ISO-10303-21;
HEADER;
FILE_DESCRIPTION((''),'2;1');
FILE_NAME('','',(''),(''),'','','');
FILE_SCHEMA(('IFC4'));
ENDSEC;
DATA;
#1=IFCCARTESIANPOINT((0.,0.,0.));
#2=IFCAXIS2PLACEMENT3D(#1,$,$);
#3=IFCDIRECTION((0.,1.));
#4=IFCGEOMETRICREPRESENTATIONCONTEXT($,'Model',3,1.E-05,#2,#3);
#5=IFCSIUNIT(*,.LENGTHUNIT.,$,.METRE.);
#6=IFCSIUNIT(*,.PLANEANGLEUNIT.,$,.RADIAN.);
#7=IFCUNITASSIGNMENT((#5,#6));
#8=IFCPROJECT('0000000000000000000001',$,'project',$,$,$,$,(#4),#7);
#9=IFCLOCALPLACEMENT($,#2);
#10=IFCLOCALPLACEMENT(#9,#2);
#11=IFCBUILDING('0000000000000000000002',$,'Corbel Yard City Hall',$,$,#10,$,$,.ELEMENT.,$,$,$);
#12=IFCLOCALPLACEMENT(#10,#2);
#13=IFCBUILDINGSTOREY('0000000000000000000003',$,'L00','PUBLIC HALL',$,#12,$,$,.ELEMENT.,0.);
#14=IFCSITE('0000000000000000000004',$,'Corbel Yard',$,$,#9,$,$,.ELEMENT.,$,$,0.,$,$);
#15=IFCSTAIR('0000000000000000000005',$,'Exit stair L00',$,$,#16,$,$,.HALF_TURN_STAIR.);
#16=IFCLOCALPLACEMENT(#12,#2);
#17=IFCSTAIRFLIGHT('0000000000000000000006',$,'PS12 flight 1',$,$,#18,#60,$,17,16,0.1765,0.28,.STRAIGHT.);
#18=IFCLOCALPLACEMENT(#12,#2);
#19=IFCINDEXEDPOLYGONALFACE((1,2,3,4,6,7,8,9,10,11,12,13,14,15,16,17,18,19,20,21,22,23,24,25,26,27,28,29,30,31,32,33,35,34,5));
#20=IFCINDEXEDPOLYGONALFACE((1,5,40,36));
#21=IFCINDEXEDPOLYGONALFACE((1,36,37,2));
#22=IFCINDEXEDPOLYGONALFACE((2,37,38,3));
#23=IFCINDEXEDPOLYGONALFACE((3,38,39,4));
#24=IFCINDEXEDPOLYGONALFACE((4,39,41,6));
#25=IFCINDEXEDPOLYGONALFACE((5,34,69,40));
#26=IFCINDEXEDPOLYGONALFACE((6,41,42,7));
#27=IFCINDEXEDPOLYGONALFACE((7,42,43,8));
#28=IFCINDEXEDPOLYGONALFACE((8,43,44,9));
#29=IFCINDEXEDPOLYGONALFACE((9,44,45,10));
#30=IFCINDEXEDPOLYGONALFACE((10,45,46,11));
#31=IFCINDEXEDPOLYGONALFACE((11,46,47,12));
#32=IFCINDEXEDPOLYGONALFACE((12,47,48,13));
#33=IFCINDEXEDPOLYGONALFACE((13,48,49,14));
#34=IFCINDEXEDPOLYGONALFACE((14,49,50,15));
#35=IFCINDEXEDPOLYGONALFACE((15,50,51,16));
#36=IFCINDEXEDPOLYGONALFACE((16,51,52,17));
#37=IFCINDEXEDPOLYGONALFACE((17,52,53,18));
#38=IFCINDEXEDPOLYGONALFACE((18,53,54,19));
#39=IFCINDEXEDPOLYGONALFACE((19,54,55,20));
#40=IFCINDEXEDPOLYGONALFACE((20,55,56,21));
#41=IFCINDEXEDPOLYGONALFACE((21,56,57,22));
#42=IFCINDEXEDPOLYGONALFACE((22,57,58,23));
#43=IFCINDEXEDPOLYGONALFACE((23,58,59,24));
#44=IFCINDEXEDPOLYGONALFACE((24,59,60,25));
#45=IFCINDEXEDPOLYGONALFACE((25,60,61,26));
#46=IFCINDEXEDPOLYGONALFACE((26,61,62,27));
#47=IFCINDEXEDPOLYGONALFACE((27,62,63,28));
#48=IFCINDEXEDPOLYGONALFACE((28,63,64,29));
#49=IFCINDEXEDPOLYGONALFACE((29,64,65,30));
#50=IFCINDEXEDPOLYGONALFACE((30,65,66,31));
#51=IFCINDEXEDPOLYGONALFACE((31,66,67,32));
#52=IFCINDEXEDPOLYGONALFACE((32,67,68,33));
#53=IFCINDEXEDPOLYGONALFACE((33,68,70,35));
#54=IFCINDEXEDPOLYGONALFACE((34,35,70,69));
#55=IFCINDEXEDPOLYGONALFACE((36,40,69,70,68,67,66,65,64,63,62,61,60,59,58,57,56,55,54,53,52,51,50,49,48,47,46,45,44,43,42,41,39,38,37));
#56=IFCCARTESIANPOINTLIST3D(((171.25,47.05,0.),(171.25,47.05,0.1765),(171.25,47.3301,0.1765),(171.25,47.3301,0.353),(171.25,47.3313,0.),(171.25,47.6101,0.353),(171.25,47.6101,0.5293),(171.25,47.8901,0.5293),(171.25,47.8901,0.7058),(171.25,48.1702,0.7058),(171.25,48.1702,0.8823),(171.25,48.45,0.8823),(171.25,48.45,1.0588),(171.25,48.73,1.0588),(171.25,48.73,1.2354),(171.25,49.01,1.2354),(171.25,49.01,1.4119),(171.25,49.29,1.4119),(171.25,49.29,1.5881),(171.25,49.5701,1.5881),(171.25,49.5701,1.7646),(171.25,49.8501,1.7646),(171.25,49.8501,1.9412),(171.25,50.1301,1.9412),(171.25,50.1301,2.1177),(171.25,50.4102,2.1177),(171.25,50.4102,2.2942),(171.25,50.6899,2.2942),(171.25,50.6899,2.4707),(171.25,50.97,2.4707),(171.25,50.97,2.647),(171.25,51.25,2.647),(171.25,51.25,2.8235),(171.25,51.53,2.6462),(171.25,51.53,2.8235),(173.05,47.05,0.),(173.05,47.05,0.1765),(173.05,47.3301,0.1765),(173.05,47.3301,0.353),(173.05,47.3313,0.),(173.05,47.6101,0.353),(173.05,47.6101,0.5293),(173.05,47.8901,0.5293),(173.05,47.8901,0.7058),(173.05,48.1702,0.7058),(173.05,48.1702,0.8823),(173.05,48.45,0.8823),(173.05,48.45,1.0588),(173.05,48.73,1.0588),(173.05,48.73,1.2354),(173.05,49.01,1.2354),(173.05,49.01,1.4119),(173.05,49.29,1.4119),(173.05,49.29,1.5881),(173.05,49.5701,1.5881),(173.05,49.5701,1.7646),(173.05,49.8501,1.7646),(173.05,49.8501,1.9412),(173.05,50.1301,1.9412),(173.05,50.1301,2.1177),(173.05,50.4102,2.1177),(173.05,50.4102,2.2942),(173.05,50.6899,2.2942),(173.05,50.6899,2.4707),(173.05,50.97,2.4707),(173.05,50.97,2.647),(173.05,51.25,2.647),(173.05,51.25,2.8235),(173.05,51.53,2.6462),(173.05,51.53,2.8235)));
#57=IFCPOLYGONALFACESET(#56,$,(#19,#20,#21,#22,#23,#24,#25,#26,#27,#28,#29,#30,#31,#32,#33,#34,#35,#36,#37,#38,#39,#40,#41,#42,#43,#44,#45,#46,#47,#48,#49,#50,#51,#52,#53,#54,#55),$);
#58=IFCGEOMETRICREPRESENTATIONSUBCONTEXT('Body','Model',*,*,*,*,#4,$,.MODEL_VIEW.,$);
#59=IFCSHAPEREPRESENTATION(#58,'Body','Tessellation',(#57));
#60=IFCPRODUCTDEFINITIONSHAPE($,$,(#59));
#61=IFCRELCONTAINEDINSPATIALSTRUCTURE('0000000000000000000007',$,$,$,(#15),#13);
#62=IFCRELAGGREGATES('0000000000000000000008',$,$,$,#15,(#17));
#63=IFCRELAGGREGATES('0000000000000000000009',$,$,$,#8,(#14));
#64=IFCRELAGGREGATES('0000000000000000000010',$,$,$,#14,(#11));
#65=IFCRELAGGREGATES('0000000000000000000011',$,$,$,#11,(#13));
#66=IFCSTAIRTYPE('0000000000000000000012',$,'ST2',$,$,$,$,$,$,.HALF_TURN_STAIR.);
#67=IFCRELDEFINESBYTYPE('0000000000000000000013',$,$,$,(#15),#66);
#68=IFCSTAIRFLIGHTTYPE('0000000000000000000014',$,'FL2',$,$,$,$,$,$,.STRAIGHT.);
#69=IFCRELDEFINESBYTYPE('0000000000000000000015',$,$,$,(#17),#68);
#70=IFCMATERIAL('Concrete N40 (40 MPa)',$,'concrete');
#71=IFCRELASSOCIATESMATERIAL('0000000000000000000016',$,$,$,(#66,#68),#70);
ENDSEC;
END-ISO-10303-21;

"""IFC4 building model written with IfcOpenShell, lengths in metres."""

from ifc_helpers import new_model, si_unit, direction, frame, origin, place, context, subcontext, project, spatial, polyline, outline, extrude, material, type_object, element, aggregate, save


model = new_model("IFC4")

# Units and contexts
model_context = context("Model", 3, precision=1e-05, world=origin(), true_north=direction((0.0, 1.0)))
body_context = subcontext(model_context, "Body", "Model", "MODEL_VIEW")
ifc_project = project(units=[si_unit("LENGTHUNIT", "METRE"), si_unit("PLANEANGLEUNIT", "RADIAN")], contexts=[model_context])

# Site, building, storey
site_placement = place(None, origin())
site = spatial("IfcSite", under=ifc_project, at=site_placement, Name="Corbel Yard", CompositionType="ELEMENT", RefElevation=0.0)
building_placement = place(site_placement, origin())
building = spatial("IfcBuilding", under=site, at=building_placement, Name="Corbel Yard City Hall", CompositionType="ELEMENT")
storey_placement = place(building_placement, origin())
storey = spatial("IfcBuildingStorey", under=building, at=storey_placement, Name="L00", Description="PUBLIC HALL", CompositionType="ELEMENT", Elevation=0.0)

# Shared definitions
ifc_material_1 = material(Name="Concrete N40 (40 MPa)", Category="concrete")

# Stair, stair flight
stair_type = type_object("IfcStairType", Name="ST2", PredefinedType="HALF_TURN_STAIR", material=ifc_material_1)
stair_placement = place(storey_placement, origin())
stair = element("IfcStair", 1, at=stair_placement, inside=storey, type_object=stair_type, Name="Exit stair L00", PredefinedType="HALF_TURN_STAIR")
stair_flight_type = type_object("IfcStairFlightType", Name="FL2", PredefinedType="STRAIGHT", material=ifc_material_1)
stair_flight_placement = place(storey_placement, frame((172.1499, 47.05, 0.0), z_axis=(0.0, 0.0, 1.0), x_axis=(0.0, 1.0, 0.0)))
stair_flight = element("IfcStairFlight", 2, at=stair_flight_placement, type_object=stair_flight_type, Name="PS12 flight 1", NumberOfRisers=17, NumberOfTreads=16, PredefinedType="STRAIGHT", RiserHeight=0.1765, TreadLength=0.28, context=body_context, shape_type="SweptSolid", body=[
    extrude(outline(polyline([(0.0, 0.0), (0.0, 0.1765), (0.28, 0.1765), (0.28, 0.353), (0.5601, 0.353), (0.5601, 0.5293), (0.8401, 0.5293), (0.8401, 0.7058), (1.1201, 0.7058), (1.1201, 0.8823), (1.3999, 0.8823), (1.3999, 1.0588), (1.6799, 1.0588), (1.6799, 1.2354), (1.96, 1.2354), (1.96, 1.4119), (2.24, 1.4119), (2.24, 1.5881), (2.52, 1.5881), (2.52, 1.7646), (2.8, 1.7646), (2.8, 1.9412), (3.0801, 1.9412), (3.0801, 2.1177), (3.3601, 2.1177), (3.3601, 2.2942), (3.6399, 2.2942), (3.6399, 2.4707), (3.9199, 2.4707), (3.9199, 2.647), (4.2, 2.647), (4.2, 2.8235), (4.48, 2.8235), (4.48, 3.0), (4.48, 2.6462), (0.2812, 0.0), (0.0, 0.0)])), frame((0.0, 0.8999, 0.0), z_axis=(0.0, -1.0, 0.0), x_axis=(1.0, 0.0, 0.0)), (0.0, 0.0, 1.0), 1.8),
])
aggregate(stair, [stair_flight])

save(model, "model.ifc")
